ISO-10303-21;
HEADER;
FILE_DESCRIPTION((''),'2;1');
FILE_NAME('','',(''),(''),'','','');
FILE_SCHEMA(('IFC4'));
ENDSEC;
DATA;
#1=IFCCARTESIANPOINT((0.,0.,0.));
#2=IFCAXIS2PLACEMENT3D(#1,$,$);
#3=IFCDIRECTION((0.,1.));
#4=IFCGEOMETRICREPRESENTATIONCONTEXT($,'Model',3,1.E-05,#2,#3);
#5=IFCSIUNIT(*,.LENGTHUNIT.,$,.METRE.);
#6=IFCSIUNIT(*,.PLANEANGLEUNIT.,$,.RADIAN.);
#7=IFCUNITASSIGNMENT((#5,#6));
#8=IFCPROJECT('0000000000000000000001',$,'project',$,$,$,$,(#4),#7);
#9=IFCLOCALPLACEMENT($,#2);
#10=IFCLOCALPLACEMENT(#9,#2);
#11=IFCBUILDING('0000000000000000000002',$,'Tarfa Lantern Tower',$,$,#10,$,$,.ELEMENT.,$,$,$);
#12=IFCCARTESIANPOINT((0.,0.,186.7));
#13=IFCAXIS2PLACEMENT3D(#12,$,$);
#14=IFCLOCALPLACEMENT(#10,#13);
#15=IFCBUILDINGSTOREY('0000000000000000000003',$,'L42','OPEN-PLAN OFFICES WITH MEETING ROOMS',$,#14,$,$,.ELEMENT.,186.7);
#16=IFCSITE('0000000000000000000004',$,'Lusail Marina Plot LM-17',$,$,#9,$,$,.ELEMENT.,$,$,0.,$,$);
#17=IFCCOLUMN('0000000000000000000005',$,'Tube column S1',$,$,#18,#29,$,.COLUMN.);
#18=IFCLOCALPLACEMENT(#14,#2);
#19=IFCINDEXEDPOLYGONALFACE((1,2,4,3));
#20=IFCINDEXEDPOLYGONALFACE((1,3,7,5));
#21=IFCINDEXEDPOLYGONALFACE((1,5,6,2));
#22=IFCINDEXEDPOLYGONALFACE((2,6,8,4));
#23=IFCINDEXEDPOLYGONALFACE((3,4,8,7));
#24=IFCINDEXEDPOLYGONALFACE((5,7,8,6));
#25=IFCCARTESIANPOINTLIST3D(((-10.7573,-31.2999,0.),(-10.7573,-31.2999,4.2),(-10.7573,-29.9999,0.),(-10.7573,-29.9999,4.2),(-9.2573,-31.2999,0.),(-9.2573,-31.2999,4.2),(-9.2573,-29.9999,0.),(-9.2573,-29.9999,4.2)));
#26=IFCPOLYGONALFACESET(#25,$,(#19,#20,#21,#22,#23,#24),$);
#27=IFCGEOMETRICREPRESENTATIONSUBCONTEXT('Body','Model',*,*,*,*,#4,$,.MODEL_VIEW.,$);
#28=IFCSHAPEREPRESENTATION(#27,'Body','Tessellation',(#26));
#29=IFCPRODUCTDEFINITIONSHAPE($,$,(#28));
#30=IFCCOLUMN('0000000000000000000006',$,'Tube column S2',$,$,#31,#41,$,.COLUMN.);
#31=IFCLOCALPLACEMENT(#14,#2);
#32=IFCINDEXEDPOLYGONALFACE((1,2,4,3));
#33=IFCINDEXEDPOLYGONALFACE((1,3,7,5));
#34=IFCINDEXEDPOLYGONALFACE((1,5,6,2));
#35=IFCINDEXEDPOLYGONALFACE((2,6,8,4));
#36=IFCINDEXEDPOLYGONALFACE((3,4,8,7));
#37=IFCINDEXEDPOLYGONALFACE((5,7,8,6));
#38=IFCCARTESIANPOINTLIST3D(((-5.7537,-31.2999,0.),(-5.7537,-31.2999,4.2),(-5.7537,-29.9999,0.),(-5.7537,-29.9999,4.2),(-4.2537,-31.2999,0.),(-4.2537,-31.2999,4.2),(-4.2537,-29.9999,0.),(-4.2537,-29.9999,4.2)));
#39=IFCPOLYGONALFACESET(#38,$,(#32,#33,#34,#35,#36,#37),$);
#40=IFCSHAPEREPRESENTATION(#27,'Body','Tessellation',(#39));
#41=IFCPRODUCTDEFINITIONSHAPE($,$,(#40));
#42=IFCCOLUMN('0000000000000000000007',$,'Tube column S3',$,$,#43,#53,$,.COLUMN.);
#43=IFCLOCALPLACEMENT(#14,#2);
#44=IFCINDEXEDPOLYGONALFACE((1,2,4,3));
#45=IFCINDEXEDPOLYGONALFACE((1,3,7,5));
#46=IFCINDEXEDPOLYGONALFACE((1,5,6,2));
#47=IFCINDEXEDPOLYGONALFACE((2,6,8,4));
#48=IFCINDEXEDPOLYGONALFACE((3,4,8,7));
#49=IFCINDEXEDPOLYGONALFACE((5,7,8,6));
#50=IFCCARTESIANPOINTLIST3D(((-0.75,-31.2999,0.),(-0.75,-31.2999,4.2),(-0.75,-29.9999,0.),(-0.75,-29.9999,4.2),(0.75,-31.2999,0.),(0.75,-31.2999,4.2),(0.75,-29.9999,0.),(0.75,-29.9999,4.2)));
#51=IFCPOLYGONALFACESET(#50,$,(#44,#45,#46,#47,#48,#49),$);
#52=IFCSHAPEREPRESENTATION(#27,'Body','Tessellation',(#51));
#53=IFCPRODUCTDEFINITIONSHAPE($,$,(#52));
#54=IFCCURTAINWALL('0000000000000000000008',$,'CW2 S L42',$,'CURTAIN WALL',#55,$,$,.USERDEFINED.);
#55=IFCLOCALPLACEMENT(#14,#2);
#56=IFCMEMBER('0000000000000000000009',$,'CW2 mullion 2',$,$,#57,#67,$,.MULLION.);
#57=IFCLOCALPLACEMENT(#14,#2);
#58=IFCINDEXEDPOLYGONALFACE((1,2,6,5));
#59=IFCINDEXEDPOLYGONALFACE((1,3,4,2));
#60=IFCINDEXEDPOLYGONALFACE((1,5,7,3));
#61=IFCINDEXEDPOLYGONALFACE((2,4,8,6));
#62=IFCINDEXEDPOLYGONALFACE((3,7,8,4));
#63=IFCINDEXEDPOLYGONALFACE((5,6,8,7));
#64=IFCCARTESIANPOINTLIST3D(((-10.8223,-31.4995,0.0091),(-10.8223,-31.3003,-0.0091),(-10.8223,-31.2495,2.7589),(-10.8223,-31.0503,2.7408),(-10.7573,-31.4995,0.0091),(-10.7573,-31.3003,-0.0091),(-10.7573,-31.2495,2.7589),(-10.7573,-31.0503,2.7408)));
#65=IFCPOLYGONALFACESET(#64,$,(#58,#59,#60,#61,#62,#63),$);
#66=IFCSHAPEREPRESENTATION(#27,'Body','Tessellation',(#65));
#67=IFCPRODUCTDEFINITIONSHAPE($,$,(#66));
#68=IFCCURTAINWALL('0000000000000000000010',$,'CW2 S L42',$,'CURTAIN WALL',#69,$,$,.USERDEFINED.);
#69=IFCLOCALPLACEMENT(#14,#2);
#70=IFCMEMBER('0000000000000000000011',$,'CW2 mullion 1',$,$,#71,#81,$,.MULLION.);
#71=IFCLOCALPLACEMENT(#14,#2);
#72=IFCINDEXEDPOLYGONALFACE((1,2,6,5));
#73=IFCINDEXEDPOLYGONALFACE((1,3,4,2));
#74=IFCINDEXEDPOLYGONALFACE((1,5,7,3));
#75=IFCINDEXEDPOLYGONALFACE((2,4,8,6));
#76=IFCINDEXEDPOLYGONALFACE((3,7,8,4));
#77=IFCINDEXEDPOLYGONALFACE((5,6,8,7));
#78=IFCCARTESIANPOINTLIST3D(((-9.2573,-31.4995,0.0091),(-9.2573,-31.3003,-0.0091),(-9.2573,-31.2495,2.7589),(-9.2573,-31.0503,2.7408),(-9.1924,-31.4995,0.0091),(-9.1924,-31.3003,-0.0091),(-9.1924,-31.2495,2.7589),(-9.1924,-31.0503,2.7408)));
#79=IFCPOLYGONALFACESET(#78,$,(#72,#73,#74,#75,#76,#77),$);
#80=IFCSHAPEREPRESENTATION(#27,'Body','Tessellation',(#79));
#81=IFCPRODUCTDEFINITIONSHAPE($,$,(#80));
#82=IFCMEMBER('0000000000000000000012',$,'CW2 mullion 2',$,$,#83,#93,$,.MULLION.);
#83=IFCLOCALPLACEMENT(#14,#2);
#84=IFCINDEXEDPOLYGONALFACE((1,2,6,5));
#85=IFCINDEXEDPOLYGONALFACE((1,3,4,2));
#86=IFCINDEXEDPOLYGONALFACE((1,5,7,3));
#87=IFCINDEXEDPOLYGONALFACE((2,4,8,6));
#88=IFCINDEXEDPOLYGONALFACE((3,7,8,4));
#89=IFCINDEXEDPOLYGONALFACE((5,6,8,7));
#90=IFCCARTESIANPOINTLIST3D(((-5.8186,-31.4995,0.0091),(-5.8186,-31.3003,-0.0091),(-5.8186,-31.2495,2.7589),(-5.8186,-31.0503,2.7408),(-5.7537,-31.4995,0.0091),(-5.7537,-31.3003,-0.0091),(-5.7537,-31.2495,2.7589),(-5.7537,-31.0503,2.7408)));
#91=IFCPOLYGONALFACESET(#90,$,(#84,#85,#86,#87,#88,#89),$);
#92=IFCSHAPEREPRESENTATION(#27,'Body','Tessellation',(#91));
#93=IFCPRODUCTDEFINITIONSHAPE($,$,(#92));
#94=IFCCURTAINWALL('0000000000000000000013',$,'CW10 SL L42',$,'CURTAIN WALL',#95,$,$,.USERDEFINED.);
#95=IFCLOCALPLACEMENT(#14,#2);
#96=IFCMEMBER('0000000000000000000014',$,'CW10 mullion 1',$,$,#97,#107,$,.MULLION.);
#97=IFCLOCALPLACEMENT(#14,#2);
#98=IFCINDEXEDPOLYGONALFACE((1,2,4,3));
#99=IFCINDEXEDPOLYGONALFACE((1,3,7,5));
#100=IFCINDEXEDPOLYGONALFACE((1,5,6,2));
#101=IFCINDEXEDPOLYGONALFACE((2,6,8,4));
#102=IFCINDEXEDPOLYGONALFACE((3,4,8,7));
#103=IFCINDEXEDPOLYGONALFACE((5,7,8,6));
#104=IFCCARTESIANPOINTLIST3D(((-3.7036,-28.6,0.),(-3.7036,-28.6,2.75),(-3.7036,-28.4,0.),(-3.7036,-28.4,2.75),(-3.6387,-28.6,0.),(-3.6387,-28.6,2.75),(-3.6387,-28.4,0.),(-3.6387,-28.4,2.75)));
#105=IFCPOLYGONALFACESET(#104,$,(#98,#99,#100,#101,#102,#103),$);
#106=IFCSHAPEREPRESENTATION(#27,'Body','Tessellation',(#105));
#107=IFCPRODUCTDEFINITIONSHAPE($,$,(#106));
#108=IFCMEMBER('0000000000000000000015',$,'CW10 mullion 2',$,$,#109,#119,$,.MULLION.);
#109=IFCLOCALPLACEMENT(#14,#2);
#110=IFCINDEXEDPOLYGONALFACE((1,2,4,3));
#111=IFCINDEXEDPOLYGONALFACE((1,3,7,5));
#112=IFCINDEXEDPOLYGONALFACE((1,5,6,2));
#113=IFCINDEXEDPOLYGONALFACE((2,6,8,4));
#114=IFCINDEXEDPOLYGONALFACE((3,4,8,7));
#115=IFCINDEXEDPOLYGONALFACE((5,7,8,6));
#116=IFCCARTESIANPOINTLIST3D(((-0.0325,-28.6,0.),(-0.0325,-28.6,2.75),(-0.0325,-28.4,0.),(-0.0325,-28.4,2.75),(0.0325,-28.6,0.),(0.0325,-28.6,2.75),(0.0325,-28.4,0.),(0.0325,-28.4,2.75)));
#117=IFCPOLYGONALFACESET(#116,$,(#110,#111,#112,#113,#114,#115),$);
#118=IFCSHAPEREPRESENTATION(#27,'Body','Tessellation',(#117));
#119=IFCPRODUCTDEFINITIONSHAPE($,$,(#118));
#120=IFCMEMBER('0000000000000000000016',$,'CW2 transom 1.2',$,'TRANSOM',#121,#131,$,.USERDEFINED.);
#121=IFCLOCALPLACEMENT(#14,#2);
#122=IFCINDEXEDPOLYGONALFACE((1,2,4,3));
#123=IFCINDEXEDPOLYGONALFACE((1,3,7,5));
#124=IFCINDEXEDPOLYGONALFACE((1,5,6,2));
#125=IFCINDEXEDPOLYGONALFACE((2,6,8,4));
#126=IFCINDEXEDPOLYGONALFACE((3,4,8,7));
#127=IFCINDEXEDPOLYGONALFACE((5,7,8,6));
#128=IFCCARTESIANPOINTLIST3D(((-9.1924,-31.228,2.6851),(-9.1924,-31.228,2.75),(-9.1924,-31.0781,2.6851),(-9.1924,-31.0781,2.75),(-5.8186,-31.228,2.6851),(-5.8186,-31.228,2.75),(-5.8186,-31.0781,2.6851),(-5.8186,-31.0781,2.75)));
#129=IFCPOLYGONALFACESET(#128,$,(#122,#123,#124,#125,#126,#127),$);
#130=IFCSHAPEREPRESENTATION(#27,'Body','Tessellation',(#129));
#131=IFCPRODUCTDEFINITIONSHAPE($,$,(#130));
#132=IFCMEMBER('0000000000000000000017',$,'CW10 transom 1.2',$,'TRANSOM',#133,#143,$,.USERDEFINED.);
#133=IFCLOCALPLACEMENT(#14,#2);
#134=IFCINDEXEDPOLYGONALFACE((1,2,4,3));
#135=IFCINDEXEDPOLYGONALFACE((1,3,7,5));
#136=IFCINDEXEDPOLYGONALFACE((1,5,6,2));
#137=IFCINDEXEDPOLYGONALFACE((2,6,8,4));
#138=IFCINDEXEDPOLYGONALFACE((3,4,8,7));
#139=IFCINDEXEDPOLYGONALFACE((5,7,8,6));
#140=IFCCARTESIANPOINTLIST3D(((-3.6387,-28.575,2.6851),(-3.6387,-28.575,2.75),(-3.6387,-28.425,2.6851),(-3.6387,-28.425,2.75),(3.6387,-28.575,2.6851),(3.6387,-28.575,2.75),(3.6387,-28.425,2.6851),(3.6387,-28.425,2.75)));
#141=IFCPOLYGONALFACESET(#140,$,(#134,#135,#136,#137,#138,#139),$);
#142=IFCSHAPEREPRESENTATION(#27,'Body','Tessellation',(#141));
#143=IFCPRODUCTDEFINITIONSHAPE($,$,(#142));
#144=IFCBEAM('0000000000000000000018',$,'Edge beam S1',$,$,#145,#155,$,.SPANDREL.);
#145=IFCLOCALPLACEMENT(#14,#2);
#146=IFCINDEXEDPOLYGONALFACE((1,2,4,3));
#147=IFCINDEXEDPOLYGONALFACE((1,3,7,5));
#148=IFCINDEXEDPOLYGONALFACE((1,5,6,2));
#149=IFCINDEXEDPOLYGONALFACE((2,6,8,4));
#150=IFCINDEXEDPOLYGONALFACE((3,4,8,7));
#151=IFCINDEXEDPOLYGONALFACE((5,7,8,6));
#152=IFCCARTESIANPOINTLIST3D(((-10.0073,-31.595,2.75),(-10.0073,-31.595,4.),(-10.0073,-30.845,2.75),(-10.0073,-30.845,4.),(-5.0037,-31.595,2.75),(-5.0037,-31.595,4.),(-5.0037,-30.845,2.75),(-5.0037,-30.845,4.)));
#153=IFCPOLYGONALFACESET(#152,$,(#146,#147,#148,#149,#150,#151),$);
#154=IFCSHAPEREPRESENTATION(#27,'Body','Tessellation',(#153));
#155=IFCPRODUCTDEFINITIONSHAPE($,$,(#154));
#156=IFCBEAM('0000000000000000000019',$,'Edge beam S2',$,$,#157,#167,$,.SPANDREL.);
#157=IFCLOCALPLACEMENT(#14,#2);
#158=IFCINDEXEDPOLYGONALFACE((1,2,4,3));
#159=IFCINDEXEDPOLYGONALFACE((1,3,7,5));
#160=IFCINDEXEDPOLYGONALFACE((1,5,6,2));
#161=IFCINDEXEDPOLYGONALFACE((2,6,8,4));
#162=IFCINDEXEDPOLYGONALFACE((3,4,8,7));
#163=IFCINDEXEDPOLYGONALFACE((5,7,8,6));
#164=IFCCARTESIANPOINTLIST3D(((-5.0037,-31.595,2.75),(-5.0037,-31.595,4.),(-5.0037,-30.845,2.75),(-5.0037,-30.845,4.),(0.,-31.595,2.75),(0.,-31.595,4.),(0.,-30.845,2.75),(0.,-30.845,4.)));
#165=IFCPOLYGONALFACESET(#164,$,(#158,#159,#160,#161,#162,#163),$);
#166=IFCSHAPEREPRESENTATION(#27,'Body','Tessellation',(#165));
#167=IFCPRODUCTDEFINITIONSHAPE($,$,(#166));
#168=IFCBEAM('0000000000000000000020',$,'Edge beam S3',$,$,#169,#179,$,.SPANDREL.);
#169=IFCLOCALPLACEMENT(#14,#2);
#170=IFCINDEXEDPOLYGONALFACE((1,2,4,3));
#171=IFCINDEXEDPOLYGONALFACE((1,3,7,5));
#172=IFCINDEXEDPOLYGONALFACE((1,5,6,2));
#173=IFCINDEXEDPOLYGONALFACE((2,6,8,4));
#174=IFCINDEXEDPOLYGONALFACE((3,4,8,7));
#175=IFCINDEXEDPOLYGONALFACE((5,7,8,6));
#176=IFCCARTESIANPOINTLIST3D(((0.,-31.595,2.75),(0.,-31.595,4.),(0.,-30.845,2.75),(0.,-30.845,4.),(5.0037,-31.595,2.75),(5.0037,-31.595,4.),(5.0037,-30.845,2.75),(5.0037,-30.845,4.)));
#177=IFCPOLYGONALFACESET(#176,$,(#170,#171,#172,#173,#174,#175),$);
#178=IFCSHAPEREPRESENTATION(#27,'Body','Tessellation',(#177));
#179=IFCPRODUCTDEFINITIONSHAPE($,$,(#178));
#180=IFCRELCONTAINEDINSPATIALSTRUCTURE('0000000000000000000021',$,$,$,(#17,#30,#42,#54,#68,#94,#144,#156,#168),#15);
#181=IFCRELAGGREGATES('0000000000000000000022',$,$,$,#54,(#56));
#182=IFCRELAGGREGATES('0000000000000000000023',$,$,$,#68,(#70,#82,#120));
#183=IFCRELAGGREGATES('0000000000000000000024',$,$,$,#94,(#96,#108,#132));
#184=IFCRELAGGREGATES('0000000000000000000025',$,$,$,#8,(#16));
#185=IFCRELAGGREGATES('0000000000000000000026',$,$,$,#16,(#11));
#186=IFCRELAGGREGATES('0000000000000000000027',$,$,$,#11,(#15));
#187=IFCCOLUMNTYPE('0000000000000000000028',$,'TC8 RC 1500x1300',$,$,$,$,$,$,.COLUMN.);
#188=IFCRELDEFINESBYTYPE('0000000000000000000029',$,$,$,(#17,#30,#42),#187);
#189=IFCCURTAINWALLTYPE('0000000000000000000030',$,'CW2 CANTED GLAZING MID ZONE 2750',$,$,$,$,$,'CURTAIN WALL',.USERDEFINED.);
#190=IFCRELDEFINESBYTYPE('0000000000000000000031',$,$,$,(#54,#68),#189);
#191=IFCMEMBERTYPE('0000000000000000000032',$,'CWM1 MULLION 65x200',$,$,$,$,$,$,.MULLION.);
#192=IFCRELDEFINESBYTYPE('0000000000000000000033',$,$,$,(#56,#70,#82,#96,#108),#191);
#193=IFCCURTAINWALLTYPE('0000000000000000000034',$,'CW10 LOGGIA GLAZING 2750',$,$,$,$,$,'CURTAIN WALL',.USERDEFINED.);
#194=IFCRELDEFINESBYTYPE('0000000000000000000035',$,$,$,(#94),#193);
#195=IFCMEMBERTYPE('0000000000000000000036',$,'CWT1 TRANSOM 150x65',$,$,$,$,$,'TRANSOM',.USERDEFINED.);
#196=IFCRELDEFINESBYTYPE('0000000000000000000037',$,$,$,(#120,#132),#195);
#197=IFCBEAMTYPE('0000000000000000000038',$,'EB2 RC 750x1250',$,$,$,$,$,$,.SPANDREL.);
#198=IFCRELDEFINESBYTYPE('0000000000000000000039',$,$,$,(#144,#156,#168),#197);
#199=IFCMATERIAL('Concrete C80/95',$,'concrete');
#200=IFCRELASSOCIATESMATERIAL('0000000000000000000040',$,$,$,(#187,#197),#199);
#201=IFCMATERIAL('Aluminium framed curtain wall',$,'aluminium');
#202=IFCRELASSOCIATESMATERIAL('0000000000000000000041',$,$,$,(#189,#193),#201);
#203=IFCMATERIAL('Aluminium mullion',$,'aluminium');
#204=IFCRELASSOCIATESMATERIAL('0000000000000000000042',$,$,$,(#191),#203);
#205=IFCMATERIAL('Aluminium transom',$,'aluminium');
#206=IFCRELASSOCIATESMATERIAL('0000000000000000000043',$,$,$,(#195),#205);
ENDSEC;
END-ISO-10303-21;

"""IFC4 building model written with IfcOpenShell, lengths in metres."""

from ifc_helpers import new_model, si_unit, direction, frame, origin, origin_2d, place, context, subcontext, project, spatial, rectangle, extrude, material, material_profile, profile_set, type_object, element, aggregate, save


model = new_model("IFC4")

# Units and contexts
model_context = context("Model", 3, precision=1e-05, world=origin(), true_north=direction((0.0, 1.0)))
body_context = subcontext(model_context, "Body", "Model", "MODEL_VIEW")
ifc_project = project(units=[si_unit("LENGTHUNIT", "METRE"), si_unit("PLANEANGLEUNIT", "RADIAN")], contexts=[model_context])

# Site, building, storey
site_placement = place(None, origin())
site = spatial("IfcSite", under=ifc_project, at=site_placement, Name="Lusail Marina Plot LM-17", CompositionType="ELEMENT", RefElevation=0.0)
building_placement = place(site_placement, origin())
building = spatial("IfcBuilding", under=site, at=building_placement, Name="Tarfa Lantern Tower", CompositionType="ELEMENT")
storey_placement = place(building_placement, frame((0.0, 0.0, 186.7)))
storey = spatial("IfcBuildingStorey", under=building, at=storey_placement, Name="L42", Description="OPEN-PLAN OFFICES WITH MEETING ROOMS", CompositionType="ELEMENT", Elevation=186.7)

# Columns
ifc_material_1 = material(Name="Concrete C80/95", Category="concrete")
ifc_material_profile_1 = material_profile(ifc_material_1, rectangle(XDim=1.5, YDim=1.3, at=origin_2d()), Name="RC 1500x1300")
ifc_profile_set_1 = profile_set([ifc_material_profile_1], Name="Concrete C80/95")
column_type = type_object("IfcColumnType", Name="TC8 RC 1500x1300", PredefinedType="COLUMN", material=ifc_profile_set_1)
for number, where, z_axis, x_axis, name in (
    (1, (-10.0073, -30.6499, 0.0), (0.0, 0.0, 1.0), (1.0, 0.0, 0.0), "Tube column S1"),
    (2, (-5.0037, -30.6499, 0.0), (0.0, 0.0, 1.0), (1.0, 0.0, 0.0), "Tube column S2"),
    (3, (0.0, -30.6499, 0.0), (0.0, 0.0, 1.0), (1.0, 0.0, 0.0), "Tube column S3"),
):
    element("IfcColumn", number, at=place(storey_placement, frame(where, z_axis=z_axis, x_axis=x_axis)), inside=storey, type_object=column_type, Name=name, PredefinedType="COLUMN", context=body_context, shape_type="SweptSolid", body=[
        extrude(rectangle(XDim=1.5, YDim=1.3, at=origin_2d()), origin(), (0.0, 0.0, 1.0), 4.2),
    ])

# Curtain wall, member
ifc_material_2 = material(Name="Aluminium framed curtain wall", Category="aluminium")
curtain_wall_type_1 = type_object("IfcCurtainWallType", Name="CW2 CANTED GLAZING MID ZONE 2750", ElementType="CURTAIN WALL", PredefinedType="USERDEFINED", material=ifc_material_2)
curtain_wall_1_placement = place(storey_placement, origin())
curtain_wall_1 = element("IfcCurtainWall", 4, at=curtain_wall_1_placement, inside=storey, type_object=curtain_wall_type_1, Name="CW2 S L42", ObjectType="CURTAIN WALL", PredefinedType="USERDEFINED")
ifc_material_3 = material(Name="Aluminium mullion", Category="aluminium")
ifc_material_profile_2 = material_profile(ifc_material_3, rectangle(XDim=0.0649, YDim=0.2, at=origin_2d()), Name="AL MULLION 65x200")
ifc_profile_set_2 = profile_set([ifc_material_profile_2], Name="Aluminium mullion")
member_type_1 = type_object("IfcMemberType", Name="CWM1 MULLION 65x200", PredefinedType="MULLION", material=ifc_profile_set_2)
member_1_placement = place(storey_placement, frame((-10.7898, -31.3999, 0.0), z_axis=(0.0, 0.090536, 0.995893), x_axis=(-1.0, 0.0, 0.0)))
member_1 = element("IfcMember", 5, at=member_1_placement, type_object=member_type_1, Name="CW2 mullion 2", PredefinedType="MULLION", context=body_context, shape_type="SweptSolid", body=[
    extrude(rectangle(XDim=0.0649, YDim=0.2, at=origin_2d()), origin(), (0.0, 0.0, 1.0), 2.7612),
])
aggregate(curtain_wall_1, [member_1])

# Curtain walls, members
curtain_wall_2_placement = place(storey_placement, origin())
curtain_wall_2 = element("IfcCurtainWall", 6, at=curtain_wall_2_placement, inside=storey, type_object=curtain_wall_type_1, Name="CW2 S L42", ObjectType="CURTAIN WALL", PredefinedType="USERDEFINED")
member_2_placement = place(storey_placement, frame((-9.2249, -31.3999, 0.0), z_axis=(0.0, 0.090536, 0.995893), x_axis=(-1.0, 0.0, 0.0)))
member_2 = element("IfcMember", 7, at=member_2_placement, type_object=member_type_1, Name="CW2 mullion 1", PredefinedType="MULLION", context=body_context, shape_type="SweptSolid", body=[
    extrude(rectangle(XDim=0.0649, YDim=0.2, at=origin_2d()), origin(), (0.0, 0.0, 1.0), 2.7612),
])
member_3_placement = place(storey_placement, frame((-5.7861, -31.3999, 0.0), z_axis=(0.0, 0.090536, 0.995893), x_axis=(-1.0, 0.0, 0.0)))
member_3 = element("IfcMember", 8, at=member_3_placement, type_object=member_type_1, Name="CW2 mullion 2", PredefinedType="MULLION", context=body_context, shape_type="SweptSolid", body=[
    extrude(rectangle(XDim=0.0649, YDim=0.2, at=origin_2d()), origin(), (0.0, 0.0, 1.0), 2.7612),
])
curtain_wall_type_2 = type_object("IfcCurtainWallType", Name="CW10 LOGGIA GLAZING 2750", ElementType="CURTAIN WALL", PredefinedType="USERDEFINED", material=ifc_material_2)
curtain_wall_3_placement = place(storey_placement, origin())
curtain_wall_3 = element("IfcCurtainWall", 9, at=curtain_wall_3_placement, inside=storey, type_object=curtain_wall_type_2, Name="CW10 SL L42", ObjectType="CURTAIN WALL", PredefinedType="USERDEFINED")
member_4_placement = place(storey_placement, frame((-3.6711, -28.5, 0.0), z_axis=(0.0, 0.0, 1.0), x_axis=(1.0, 0.0, 0.0)))
member_4 = element("IfcMember", 10, at=member_4_placement, type_object=member_type_1, Name="CW10 mullion 1", PredefinedType="MULLION", context=body_context, shape_type="SweptSolid", body=[
    extrude(rectangle(XDim=0.0649, YDim=0.2, at=origin_2d()), origin(), (0.0, 0.0, 1.0), 2.75),
])
member_5_placement = place(storey_placement, frame((0.0, -28.5, 0.0), z_axis=(0.0, 0.0, 1.0), x_axis=(1.0, 0.0, 0.0)))
member_5 = element("IfcMember", 11, at=member_5_placement, type_object=member_type_1, Name="CW10 mullion 2", PredefinedType="MULLION", context=body_context, shape_type="SweptSolid", body=[
    extrude(rectangle(XDim=0.0649, YDim=0.2, at=origin_2d()), origin(), (0.0, 0.0, 1.0), 2.75),
])

# Members
ifc_material_4 = material(Name="Aluminium transom", Category="aluminium")
ifc_material_profile_3 = material_profile(ifc_material_4, rectangle(XDim=0.1499, YDim=0.0649, at=origin_2d()), Name="AL TRANSOM 150x65")
ifc_profile_set_3 = profile_set([ifc_material_profile_3], Name="Aluminium transom")
member_type_2 = type_object("IfcMemberType", Name="CWT1 TRANSOM 150x65", ElementType="TRANSOM", PredefinedType="USERDEFINED", material=ifc_profile_set_3)
member_6_placement = place(storey_placement, frame((-9.1924, -31.1531, 2.7175), z_axis=(1.0, 0.0, 0.0), x_axis=(0.0, 1.0, 0.0)))
member_6 = element("IfcMember", 12, at=member_6_placement, type_object=member_type_2, Name="CW2 transom 1.2", ObjectType="TRANSOM", PredefinedType="USERDEFINED", context=body_context, shape_type="SweptSolid", body=[
    extrude(rectangle(XDim=0.1499, YDim=0.0649, at=origin_2d()), origin(), (0.0, 0.0, 1.0), 3.3738),
])
member_7_placement = place(storey_placement, frame((-3.6387, -28.5, 2.7175), z_axis=(1.0, 0.0, 0.0), x_axis=(0.0, 1.0, 0.0)))
member_7 = element("IfcMember", 13, at=member_7_placement, type_object=member_type_2, Name="CW10 transom 1.2", ObjectType="TRANSOM", PredefinedType="USERDEFINED", context=body_context, shape_type="SweptSolid", body=[
    extrude(rectangle(XDim=0.1499, YDim=0.0649, at=origin_2d()), origin(), (0.0, 0.0, 1.0), 7.2773),
])

# Beams
ifc_material_profile_4 = material_profile(ifc_material_1, rectangle(XDim=0.75, YDim=1.25, at=origin_2d()), Name="RC 750x1250")
ifc_profile_set_4 = profile_set([ifc_material_profile_4], Name="Concrete C80/95")
beam_type_1 = type_object("IfcBeamType", Name="EB2 RC 750x1250", PredefinedType="SPANDREL", material=ifc_profile_set_4)
for number, where, z_axis, x_axis, name in (
    (14, (-10.0073, -31.22, 3.375), (1.0, 0.0, 0.0), (0.0, 1.0, 0.0), "Edge beam S1"),
    (15, (-5.0037, -31.22, 3.375), (1.0, 0.0, 0.0), (0.0, 1.0, 0.0), "Edge beam S2"),
    (16, (0.0, -31.22, 3.375), (1.0, 0.0, 0.0), (0.0, 1.0, 0.0), "Edge beam S3"),
):
    element("IfcBeam", number, at=place(storey_placement, frame(where, z_axis=z_axis, x_axis=x_axis)), inside=storey, type_object=beam_type_1, Name=name, PredefinedType="SPANDREL", context=body_context, shape_type="SweptSolid", body=[
        extrude(rectangle(XDim=0.75, YDim=1.25, at=origin_2d()), origin(), (0.0, 0.0, 1.0), 5.0037),
    ])

aggregate(curtain_wall_2, [member_2, member_3, member_6])
aggregate(curtain_wall_3, [member_4, member_5, member_7])

save(model, "model.ifc")
